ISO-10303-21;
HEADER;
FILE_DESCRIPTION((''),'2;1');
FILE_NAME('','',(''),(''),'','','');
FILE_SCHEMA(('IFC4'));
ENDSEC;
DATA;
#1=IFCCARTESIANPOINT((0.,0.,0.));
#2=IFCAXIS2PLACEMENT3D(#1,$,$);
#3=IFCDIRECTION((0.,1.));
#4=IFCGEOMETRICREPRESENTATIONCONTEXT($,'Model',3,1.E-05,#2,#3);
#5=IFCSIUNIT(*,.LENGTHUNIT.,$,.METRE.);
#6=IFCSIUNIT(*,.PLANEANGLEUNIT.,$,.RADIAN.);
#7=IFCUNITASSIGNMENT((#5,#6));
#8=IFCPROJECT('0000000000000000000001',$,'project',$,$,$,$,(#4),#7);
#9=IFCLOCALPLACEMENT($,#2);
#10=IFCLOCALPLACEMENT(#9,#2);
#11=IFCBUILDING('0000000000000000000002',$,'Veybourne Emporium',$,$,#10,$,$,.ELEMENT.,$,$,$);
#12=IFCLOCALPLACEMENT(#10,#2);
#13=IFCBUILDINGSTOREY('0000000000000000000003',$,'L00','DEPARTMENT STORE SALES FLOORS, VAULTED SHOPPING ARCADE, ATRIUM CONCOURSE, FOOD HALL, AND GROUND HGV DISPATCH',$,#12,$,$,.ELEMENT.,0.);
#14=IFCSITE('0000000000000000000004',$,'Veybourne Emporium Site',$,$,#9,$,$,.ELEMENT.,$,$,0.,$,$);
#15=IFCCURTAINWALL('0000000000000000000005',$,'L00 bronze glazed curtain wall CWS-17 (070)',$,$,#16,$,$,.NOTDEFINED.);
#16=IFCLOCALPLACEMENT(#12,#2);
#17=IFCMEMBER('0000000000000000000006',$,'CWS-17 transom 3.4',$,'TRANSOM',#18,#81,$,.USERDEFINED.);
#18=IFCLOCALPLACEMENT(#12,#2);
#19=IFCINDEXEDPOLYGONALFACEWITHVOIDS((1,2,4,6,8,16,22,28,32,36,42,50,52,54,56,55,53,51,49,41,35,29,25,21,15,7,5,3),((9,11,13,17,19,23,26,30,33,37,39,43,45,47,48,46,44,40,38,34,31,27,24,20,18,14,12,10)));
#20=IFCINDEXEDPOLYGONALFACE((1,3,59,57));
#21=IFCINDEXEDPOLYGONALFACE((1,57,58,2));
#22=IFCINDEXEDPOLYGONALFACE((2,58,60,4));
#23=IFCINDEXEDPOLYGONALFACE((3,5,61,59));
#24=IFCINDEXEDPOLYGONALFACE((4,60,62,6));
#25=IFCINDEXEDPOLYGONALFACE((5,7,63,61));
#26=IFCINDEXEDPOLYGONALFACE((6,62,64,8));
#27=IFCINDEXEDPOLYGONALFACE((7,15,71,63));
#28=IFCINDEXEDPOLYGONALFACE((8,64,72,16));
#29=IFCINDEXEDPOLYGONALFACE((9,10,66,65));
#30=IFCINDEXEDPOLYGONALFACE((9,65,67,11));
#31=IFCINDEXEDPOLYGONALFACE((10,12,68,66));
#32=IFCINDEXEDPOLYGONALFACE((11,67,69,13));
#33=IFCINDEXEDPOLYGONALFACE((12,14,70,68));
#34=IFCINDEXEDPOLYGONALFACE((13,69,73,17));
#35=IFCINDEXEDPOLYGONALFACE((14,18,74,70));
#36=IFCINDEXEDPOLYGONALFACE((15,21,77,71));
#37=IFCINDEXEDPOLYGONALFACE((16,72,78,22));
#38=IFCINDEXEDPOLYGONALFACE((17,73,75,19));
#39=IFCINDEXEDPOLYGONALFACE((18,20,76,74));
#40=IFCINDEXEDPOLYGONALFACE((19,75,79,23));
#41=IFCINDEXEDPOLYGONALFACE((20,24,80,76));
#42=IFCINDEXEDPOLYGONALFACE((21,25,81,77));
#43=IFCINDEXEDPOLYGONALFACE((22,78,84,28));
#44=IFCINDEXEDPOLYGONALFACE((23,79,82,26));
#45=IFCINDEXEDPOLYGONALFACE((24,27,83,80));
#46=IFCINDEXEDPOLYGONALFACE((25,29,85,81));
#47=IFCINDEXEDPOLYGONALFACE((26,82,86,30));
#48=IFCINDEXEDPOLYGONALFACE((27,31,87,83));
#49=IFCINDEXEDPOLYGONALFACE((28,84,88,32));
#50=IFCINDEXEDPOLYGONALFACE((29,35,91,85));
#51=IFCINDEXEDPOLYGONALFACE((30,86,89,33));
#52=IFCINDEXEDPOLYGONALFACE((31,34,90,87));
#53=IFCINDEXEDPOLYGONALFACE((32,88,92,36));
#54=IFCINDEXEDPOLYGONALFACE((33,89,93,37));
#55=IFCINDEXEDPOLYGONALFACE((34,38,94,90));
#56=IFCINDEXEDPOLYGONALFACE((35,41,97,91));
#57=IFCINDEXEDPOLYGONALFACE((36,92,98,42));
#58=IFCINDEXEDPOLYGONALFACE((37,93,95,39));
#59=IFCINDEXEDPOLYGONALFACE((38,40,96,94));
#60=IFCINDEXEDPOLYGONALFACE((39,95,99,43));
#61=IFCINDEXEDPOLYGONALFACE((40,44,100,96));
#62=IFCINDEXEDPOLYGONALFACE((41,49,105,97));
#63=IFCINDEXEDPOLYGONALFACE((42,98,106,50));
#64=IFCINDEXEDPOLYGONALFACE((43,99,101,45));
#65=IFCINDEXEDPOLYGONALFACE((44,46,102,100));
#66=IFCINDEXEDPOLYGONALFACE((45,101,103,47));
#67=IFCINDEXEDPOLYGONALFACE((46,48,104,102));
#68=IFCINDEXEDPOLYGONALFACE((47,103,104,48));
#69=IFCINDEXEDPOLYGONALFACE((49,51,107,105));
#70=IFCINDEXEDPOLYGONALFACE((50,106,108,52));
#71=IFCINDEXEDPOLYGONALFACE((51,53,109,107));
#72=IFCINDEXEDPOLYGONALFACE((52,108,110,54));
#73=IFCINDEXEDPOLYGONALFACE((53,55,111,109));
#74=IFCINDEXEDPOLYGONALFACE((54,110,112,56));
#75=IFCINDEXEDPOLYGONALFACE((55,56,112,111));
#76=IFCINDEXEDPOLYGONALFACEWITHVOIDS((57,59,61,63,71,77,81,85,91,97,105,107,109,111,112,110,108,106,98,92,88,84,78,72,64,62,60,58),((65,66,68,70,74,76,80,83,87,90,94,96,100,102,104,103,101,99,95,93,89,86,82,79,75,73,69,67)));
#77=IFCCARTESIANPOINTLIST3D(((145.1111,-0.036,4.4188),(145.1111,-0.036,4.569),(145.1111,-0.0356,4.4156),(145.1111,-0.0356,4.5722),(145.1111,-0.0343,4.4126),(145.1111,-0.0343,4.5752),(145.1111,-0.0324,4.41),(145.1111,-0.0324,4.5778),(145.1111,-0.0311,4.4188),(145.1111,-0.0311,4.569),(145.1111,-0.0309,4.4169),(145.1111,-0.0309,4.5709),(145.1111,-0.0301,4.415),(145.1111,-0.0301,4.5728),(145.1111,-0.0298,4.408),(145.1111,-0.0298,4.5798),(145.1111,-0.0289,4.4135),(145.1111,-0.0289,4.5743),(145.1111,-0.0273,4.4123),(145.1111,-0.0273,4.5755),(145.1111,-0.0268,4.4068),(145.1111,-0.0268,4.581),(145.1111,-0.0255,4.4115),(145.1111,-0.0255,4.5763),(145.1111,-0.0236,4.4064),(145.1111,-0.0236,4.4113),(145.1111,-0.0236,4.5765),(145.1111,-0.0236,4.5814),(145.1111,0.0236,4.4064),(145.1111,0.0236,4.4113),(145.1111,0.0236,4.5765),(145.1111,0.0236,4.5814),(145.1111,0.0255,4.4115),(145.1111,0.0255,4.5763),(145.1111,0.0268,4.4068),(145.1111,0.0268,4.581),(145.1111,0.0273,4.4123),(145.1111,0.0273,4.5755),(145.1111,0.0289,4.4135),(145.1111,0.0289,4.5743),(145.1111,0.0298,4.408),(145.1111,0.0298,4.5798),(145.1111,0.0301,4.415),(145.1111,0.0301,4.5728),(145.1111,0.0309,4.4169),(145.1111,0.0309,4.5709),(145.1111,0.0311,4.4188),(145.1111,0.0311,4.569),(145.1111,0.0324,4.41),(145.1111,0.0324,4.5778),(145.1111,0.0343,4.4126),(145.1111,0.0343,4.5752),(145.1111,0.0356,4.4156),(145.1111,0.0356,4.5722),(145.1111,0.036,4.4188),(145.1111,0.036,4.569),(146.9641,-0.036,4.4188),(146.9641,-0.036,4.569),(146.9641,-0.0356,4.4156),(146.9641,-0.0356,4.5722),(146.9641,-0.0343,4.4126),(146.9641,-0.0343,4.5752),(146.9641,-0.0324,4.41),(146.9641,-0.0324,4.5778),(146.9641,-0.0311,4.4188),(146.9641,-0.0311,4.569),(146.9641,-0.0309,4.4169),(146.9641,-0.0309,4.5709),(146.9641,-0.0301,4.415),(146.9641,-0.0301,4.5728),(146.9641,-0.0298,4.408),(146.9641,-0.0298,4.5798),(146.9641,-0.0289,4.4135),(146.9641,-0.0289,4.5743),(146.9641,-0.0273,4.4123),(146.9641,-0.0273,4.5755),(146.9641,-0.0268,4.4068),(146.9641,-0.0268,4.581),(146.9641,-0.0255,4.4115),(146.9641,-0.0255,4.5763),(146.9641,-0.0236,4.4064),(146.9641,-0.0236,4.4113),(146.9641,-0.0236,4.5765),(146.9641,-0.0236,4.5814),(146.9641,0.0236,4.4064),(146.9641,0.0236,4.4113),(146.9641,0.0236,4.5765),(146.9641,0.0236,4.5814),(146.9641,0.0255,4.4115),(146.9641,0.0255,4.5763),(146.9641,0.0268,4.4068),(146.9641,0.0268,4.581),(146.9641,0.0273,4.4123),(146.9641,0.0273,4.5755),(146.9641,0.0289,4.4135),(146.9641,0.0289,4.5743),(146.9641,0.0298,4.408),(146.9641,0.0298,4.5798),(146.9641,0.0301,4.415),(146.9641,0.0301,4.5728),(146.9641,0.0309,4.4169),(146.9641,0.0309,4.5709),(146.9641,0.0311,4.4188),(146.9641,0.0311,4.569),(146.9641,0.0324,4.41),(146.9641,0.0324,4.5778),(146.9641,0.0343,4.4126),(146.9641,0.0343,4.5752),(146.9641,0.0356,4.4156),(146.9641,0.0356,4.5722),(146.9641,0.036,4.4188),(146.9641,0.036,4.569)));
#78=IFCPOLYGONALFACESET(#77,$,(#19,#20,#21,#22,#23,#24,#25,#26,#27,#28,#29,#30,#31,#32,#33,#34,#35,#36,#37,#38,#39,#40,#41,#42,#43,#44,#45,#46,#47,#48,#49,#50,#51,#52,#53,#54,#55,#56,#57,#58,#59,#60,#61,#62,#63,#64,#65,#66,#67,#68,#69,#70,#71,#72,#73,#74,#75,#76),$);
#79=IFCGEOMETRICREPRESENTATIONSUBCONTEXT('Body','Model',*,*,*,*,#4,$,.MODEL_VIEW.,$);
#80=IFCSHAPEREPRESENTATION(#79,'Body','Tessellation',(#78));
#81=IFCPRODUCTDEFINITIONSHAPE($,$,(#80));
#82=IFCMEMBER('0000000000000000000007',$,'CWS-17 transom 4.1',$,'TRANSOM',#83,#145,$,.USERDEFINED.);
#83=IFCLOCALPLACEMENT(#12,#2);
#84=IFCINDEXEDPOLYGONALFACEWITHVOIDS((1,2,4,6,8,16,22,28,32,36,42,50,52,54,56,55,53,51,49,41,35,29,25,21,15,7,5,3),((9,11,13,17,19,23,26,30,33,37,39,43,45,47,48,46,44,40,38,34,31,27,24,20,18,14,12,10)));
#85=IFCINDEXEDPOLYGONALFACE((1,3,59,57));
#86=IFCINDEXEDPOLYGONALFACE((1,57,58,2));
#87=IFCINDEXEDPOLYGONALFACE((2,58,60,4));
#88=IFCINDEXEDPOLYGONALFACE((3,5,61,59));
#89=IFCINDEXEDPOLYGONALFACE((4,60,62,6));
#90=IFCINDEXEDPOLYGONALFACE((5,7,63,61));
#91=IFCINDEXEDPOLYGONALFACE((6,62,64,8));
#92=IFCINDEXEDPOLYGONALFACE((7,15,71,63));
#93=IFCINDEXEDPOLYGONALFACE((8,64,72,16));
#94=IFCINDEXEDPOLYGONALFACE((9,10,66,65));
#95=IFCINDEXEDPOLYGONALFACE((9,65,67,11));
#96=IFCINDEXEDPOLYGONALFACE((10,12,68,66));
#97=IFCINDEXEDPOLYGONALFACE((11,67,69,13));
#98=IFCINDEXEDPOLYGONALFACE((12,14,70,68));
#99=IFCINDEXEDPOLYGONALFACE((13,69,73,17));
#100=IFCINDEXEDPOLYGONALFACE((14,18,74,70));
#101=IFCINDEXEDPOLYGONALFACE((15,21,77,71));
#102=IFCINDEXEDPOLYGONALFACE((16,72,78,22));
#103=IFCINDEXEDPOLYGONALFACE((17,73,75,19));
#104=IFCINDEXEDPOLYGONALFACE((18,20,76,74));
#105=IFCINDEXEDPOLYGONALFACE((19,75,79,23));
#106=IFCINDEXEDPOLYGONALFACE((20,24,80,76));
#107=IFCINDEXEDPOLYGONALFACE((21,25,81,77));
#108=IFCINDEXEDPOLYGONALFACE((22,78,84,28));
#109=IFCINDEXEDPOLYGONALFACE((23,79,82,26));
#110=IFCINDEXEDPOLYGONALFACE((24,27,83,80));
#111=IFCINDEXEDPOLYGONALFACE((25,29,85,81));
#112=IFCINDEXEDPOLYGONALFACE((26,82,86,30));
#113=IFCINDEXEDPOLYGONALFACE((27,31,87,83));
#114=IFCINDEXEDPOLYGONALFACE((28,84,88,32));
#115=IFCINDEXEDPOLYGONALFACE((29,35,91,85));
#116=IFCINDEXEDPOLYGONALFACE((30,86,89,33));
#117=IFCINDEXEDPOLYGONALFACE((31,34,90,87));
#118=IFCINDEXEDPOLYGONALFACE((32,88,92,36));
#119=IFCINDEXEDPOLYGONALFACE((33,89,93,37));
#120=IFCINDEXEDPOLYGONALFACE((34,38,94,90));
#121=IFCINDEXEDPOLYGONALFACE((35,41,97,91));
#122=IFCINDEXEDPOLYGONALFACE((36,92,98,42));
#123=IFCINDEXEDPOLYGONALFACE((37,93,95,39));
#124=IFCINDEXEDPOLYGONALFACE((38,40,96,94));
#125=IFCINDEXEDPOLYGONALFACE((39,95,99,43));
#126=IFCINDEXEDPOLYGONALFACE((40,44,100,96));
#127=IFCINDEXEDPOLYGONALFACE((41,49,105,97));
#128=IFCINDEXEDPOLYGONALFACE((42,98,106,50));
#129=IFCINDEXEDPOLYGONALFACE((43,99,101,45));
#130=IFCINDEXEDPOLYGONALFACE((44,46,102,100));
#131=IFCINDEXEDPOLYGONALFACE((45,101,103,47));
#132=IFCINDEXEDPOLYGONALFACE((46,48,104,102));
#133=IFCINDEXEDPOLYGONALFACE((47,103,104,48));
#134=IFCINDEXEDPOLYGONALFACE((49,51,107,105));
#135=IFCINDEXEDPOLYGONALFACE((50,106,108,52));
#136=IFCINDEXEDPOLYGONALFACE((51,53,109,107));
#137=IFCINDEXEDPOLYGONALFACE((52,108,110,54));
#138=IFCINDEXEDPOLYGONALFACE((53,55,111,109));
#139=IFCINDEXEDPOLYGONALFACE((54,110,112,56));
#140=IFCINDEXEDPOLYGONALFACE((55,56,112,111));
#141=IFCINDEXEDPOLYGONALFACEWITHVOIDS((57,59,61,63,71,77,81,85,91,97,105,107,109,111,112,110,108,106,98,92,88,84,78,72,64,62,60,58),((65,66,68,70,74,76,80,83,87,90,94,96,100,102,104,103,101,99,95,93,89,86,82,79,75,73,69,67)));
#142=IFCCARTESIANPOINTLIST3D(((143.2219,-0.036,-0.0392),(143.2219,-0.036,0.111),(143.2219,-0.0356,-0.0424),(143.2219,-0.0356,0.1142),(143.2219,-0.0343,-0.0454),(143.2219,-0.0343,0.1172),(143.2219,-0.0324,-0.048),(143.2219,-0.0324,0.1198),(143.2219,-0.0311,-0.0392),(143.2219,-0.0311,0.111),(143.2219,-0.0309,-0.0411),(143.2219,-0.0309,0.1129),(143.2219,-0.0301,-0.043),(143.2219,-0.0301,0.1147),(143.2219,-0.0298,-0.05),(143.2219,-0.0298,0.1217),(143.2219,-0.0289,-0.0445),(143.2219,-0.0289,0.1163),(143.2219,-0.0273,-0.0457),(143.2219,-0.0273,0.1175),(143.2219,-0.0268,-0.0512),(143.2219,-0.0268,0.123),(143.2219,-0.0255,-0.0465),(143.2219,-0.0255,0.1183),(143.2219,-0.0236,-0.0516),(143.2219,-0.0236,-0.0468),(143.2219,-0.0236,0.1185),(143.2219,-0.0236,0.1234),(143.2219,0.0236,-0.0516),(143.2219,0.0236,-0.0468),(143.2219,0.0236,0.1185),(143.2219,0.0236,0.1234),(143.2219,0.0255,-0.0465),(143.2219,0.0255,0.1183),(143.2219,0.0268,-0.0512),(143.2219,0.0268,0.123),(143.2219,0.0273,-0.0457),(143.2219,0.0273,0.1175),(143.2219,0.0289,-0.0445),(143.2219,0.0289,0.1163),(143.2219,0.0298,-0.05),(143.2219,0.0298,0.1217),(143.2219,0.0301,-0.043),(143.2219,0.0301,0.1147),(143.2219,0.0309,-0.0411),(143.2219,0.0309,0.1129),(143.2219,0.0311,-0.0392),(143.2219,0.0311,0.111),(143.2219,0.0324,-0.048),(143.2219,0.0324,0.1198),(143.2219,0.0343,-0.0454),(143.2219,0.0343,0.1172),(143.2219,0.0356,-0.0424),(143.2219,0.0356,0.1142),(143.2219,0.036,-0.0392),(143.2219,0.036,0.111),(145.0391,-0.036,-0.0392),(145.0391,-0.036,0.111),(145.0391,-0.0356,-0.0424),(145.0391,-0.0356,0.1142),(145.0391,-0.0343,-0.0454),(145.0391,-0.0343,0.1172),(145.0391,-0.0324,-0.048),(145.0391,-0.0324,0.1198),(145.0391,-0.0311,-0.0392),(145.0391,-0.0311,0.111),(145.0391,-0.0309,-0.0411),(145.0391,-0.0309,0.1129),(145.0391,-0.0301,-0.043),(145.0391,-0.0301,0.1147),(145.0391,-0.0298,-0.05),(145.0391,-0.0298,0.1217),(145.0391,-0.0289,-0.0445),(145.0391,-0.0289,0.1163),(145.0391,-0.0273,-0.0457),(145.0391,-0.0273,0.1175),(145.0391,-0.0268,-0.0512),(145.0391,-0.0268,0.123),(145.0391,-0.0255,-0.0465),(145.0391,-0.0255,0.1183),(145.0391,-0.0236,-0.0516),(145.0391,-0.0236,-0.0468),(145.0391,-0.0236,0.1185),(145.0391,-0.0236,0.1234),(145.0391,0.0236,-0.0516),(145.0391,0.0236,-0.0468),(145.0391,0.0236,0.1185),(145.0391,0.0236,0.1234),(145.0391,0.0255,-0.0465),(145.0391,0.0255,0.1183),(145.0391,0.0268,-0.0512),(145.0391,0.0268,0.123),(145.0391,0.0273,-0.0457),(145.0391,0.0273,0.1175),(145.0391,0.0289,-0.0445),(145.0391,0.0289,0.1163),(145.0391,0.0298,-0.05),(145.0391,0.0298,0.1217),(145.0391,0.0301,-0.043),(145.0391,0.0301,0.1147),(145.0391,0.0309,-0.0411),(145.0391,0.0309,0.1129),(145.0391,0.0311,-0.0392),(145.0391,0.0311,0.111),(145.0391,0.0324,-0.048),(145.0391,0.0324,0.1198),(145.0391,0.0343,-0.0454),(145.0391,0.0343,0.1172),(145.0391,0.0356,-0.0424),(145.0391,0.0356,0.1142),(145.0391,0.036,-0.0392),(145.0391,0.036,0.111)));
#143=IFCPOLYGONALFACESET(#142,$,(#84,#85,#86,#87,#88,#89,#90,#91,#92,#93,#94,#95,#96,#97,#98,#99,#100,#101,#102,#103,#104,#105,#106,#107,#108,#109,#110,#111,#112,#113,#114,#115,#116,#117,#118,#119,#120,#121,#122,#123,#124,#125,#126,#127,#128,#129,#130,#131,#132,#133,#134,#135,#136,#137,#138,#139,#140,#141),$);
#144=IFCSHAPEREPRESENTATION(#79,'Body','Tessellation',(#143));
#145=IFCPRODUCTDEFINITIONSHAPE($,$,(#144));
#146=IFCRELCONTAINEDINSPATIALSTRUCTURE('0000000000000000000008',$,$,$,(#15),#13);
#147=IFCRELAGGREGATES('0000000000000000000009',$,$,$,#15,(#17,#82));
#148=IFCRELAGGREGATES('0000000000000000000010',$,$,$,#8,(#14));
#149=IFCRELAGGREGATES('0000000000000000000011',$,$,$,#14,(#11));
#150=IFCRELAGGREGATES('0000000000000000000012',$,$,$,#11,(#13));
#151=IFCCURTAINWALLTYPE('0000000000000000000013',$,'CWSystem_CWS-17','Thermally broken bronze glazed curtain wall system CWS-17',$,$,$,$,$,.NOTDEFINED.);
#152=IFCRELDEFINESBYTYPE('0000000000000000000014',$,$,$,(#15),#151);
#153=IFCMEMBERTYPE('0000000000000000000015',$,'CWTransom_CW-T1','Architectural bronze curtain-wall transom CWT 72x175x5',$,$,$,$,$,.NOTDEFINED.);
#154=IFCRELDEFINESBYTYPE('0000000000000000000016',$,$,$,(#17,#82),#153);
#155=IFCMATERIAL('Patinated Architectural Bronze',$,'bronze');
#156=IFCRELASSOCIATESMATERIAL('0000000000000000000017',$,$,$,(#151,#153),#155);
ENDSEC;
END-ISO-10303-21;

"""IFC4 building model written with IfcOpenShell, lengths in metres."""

from ifc_helpers import new_model, si_unit, direction, frame, origin, origin_2d, place, context, subcontext, project, spatial, hollow_rectangle, extrude, material, material_profile, profile_set, type_object, element, aggregate, save


model = new_model("IFC4")

# Units and contexts
model_context = context("Model", 3, precision=1e-05, world=origin(), true_north=direction((0.0, 1.0)))
body_context = subcontext(model_context, "Body", "Model", "MODEL_VIEW")
ifc_project = project(units=[si_unit("LENGTHUNIT", "METRE"), si_unit("PLANEANGLEUNIT", "RADIAN")], contexts=[model_context])

# Site, building, storey
site_placement = place(None, origin())
site = spatial("IfcSite", under=ifc_project, at=site_placement, Name="Veybourne Emporium Site", CompositionType="ELEMENT", RefElevation=0.0)
building_placement = place(site_placement, origin())
building = spatial("IfcBuilding", under=site, at=building_placement, Name="Veybourne Emporium", CompositionType="ELEMENT")
storey_placement = place(building_placement, origin())
storey = spatial("IfcBuildingStorey", under=building, at=storey_placement, Name="L00", Description="DEPARTMENT STORE SALES FLOORS, VAULTED SHOPPING ARCADE, ATRIUM CONCOURSE, FOOD HALL, AND GROUND HGV DISPATCH", CompositionType="ELEMENT", Elevation=0.0)

# Curtain wall, members
ifc_material_1 = material(Name="Patinated Architectural Bronze", Category="bronze")
curtain_wall_type = type_object("IfcCurtainWallType", Name="CWSystem_CWS-17", Description="Thermally broken bronze glazed curtain wall system CWS-17", PredefinedType="NOTDEFINED", material=ifc_material_1)
curtain_wall_placement = place(storey_placement, origin())
curtain_wall = element("IfcCurtainWall", 1, at=curtain_wall_placement, inside=storey, type_object=curtain_wall_type, Name="L00 bronze glazed curtain wall CWS-17 (070)", PredefinedType="NOTDEFINED")
ifc_material_profile_1 = material_profile(ifc_material_1, hollow_rectangle(XDim=0.072, YDim=0.175, WallThickness=0.0049, InnerFilletRadius=0.0076, OuterFilletRadius=0.0125, at=origin_2d()), Name="CWT 72x175x5")
ifc_profile_set_1 = profile_set([ifc_material_profile_1], Name="Patinated Architectural Bronze")
member_type_1 = type_object("IfcMemberType", Name="CWTransom_CW-T1", Description="Architectural bronze curtain-wall transom CWT 72x175x5", PredefinedType="NOTDEFINED", material=ifc_profile_set_1)
member_1_placement = place(storey_placement, frame((146.9641, 0.0, 4.4939), z_axis=(-1.0, 0.0, 0.0), x_axis=(0.0, -1.0, 0.0)))
member_1 = element("IfcMember", 2, at=member_1_placement, type_object=member_type_1, Name="CWS-17 transom 3.4", ObjectType="TRANSOM", PredefinedType="USERDEFINED", context=body_context, shape_type="SweptSolid", body=[
    extrude(hollow_rectangle(XDim=0.072, YDim=0.175, WallThickness=0.0049, InnerFilletRadius=0.0076, OuterFilletRadius=0.0125, at=origin_2d()), origin(), (0.0, 0.0, 1.0), 1.853),
])
member_2_placement = place(storey_placement, frame((145.0391, 0.0, 0.0359), z_axis=(-1.0, 0.0, 0.0), x_axis=(0.0, -1.0, 0.0)))
member_2 = element("IfcMember", 3, at=member_2_placement, type_object=member_type_1, Name="CWS-17 transom 4.1", ObjectType="TRANSOM", PredefinedType="USERDEFINED", context=body_context, shape_type="SweptSolid", body=[
    extrude(hollow_rectangle(XDim=0.072, YDim=0.175, WallThickness=0.0049, InnerFilletRadius=0.0076, OuterFilletRadius=0.0125, at=origin_2d()), origin(), (0.0, 0.0, 1.0), 1.8171),
])

aggregate(curtain_wall, [member_1, member_2])

save(model, "model.ifc")
